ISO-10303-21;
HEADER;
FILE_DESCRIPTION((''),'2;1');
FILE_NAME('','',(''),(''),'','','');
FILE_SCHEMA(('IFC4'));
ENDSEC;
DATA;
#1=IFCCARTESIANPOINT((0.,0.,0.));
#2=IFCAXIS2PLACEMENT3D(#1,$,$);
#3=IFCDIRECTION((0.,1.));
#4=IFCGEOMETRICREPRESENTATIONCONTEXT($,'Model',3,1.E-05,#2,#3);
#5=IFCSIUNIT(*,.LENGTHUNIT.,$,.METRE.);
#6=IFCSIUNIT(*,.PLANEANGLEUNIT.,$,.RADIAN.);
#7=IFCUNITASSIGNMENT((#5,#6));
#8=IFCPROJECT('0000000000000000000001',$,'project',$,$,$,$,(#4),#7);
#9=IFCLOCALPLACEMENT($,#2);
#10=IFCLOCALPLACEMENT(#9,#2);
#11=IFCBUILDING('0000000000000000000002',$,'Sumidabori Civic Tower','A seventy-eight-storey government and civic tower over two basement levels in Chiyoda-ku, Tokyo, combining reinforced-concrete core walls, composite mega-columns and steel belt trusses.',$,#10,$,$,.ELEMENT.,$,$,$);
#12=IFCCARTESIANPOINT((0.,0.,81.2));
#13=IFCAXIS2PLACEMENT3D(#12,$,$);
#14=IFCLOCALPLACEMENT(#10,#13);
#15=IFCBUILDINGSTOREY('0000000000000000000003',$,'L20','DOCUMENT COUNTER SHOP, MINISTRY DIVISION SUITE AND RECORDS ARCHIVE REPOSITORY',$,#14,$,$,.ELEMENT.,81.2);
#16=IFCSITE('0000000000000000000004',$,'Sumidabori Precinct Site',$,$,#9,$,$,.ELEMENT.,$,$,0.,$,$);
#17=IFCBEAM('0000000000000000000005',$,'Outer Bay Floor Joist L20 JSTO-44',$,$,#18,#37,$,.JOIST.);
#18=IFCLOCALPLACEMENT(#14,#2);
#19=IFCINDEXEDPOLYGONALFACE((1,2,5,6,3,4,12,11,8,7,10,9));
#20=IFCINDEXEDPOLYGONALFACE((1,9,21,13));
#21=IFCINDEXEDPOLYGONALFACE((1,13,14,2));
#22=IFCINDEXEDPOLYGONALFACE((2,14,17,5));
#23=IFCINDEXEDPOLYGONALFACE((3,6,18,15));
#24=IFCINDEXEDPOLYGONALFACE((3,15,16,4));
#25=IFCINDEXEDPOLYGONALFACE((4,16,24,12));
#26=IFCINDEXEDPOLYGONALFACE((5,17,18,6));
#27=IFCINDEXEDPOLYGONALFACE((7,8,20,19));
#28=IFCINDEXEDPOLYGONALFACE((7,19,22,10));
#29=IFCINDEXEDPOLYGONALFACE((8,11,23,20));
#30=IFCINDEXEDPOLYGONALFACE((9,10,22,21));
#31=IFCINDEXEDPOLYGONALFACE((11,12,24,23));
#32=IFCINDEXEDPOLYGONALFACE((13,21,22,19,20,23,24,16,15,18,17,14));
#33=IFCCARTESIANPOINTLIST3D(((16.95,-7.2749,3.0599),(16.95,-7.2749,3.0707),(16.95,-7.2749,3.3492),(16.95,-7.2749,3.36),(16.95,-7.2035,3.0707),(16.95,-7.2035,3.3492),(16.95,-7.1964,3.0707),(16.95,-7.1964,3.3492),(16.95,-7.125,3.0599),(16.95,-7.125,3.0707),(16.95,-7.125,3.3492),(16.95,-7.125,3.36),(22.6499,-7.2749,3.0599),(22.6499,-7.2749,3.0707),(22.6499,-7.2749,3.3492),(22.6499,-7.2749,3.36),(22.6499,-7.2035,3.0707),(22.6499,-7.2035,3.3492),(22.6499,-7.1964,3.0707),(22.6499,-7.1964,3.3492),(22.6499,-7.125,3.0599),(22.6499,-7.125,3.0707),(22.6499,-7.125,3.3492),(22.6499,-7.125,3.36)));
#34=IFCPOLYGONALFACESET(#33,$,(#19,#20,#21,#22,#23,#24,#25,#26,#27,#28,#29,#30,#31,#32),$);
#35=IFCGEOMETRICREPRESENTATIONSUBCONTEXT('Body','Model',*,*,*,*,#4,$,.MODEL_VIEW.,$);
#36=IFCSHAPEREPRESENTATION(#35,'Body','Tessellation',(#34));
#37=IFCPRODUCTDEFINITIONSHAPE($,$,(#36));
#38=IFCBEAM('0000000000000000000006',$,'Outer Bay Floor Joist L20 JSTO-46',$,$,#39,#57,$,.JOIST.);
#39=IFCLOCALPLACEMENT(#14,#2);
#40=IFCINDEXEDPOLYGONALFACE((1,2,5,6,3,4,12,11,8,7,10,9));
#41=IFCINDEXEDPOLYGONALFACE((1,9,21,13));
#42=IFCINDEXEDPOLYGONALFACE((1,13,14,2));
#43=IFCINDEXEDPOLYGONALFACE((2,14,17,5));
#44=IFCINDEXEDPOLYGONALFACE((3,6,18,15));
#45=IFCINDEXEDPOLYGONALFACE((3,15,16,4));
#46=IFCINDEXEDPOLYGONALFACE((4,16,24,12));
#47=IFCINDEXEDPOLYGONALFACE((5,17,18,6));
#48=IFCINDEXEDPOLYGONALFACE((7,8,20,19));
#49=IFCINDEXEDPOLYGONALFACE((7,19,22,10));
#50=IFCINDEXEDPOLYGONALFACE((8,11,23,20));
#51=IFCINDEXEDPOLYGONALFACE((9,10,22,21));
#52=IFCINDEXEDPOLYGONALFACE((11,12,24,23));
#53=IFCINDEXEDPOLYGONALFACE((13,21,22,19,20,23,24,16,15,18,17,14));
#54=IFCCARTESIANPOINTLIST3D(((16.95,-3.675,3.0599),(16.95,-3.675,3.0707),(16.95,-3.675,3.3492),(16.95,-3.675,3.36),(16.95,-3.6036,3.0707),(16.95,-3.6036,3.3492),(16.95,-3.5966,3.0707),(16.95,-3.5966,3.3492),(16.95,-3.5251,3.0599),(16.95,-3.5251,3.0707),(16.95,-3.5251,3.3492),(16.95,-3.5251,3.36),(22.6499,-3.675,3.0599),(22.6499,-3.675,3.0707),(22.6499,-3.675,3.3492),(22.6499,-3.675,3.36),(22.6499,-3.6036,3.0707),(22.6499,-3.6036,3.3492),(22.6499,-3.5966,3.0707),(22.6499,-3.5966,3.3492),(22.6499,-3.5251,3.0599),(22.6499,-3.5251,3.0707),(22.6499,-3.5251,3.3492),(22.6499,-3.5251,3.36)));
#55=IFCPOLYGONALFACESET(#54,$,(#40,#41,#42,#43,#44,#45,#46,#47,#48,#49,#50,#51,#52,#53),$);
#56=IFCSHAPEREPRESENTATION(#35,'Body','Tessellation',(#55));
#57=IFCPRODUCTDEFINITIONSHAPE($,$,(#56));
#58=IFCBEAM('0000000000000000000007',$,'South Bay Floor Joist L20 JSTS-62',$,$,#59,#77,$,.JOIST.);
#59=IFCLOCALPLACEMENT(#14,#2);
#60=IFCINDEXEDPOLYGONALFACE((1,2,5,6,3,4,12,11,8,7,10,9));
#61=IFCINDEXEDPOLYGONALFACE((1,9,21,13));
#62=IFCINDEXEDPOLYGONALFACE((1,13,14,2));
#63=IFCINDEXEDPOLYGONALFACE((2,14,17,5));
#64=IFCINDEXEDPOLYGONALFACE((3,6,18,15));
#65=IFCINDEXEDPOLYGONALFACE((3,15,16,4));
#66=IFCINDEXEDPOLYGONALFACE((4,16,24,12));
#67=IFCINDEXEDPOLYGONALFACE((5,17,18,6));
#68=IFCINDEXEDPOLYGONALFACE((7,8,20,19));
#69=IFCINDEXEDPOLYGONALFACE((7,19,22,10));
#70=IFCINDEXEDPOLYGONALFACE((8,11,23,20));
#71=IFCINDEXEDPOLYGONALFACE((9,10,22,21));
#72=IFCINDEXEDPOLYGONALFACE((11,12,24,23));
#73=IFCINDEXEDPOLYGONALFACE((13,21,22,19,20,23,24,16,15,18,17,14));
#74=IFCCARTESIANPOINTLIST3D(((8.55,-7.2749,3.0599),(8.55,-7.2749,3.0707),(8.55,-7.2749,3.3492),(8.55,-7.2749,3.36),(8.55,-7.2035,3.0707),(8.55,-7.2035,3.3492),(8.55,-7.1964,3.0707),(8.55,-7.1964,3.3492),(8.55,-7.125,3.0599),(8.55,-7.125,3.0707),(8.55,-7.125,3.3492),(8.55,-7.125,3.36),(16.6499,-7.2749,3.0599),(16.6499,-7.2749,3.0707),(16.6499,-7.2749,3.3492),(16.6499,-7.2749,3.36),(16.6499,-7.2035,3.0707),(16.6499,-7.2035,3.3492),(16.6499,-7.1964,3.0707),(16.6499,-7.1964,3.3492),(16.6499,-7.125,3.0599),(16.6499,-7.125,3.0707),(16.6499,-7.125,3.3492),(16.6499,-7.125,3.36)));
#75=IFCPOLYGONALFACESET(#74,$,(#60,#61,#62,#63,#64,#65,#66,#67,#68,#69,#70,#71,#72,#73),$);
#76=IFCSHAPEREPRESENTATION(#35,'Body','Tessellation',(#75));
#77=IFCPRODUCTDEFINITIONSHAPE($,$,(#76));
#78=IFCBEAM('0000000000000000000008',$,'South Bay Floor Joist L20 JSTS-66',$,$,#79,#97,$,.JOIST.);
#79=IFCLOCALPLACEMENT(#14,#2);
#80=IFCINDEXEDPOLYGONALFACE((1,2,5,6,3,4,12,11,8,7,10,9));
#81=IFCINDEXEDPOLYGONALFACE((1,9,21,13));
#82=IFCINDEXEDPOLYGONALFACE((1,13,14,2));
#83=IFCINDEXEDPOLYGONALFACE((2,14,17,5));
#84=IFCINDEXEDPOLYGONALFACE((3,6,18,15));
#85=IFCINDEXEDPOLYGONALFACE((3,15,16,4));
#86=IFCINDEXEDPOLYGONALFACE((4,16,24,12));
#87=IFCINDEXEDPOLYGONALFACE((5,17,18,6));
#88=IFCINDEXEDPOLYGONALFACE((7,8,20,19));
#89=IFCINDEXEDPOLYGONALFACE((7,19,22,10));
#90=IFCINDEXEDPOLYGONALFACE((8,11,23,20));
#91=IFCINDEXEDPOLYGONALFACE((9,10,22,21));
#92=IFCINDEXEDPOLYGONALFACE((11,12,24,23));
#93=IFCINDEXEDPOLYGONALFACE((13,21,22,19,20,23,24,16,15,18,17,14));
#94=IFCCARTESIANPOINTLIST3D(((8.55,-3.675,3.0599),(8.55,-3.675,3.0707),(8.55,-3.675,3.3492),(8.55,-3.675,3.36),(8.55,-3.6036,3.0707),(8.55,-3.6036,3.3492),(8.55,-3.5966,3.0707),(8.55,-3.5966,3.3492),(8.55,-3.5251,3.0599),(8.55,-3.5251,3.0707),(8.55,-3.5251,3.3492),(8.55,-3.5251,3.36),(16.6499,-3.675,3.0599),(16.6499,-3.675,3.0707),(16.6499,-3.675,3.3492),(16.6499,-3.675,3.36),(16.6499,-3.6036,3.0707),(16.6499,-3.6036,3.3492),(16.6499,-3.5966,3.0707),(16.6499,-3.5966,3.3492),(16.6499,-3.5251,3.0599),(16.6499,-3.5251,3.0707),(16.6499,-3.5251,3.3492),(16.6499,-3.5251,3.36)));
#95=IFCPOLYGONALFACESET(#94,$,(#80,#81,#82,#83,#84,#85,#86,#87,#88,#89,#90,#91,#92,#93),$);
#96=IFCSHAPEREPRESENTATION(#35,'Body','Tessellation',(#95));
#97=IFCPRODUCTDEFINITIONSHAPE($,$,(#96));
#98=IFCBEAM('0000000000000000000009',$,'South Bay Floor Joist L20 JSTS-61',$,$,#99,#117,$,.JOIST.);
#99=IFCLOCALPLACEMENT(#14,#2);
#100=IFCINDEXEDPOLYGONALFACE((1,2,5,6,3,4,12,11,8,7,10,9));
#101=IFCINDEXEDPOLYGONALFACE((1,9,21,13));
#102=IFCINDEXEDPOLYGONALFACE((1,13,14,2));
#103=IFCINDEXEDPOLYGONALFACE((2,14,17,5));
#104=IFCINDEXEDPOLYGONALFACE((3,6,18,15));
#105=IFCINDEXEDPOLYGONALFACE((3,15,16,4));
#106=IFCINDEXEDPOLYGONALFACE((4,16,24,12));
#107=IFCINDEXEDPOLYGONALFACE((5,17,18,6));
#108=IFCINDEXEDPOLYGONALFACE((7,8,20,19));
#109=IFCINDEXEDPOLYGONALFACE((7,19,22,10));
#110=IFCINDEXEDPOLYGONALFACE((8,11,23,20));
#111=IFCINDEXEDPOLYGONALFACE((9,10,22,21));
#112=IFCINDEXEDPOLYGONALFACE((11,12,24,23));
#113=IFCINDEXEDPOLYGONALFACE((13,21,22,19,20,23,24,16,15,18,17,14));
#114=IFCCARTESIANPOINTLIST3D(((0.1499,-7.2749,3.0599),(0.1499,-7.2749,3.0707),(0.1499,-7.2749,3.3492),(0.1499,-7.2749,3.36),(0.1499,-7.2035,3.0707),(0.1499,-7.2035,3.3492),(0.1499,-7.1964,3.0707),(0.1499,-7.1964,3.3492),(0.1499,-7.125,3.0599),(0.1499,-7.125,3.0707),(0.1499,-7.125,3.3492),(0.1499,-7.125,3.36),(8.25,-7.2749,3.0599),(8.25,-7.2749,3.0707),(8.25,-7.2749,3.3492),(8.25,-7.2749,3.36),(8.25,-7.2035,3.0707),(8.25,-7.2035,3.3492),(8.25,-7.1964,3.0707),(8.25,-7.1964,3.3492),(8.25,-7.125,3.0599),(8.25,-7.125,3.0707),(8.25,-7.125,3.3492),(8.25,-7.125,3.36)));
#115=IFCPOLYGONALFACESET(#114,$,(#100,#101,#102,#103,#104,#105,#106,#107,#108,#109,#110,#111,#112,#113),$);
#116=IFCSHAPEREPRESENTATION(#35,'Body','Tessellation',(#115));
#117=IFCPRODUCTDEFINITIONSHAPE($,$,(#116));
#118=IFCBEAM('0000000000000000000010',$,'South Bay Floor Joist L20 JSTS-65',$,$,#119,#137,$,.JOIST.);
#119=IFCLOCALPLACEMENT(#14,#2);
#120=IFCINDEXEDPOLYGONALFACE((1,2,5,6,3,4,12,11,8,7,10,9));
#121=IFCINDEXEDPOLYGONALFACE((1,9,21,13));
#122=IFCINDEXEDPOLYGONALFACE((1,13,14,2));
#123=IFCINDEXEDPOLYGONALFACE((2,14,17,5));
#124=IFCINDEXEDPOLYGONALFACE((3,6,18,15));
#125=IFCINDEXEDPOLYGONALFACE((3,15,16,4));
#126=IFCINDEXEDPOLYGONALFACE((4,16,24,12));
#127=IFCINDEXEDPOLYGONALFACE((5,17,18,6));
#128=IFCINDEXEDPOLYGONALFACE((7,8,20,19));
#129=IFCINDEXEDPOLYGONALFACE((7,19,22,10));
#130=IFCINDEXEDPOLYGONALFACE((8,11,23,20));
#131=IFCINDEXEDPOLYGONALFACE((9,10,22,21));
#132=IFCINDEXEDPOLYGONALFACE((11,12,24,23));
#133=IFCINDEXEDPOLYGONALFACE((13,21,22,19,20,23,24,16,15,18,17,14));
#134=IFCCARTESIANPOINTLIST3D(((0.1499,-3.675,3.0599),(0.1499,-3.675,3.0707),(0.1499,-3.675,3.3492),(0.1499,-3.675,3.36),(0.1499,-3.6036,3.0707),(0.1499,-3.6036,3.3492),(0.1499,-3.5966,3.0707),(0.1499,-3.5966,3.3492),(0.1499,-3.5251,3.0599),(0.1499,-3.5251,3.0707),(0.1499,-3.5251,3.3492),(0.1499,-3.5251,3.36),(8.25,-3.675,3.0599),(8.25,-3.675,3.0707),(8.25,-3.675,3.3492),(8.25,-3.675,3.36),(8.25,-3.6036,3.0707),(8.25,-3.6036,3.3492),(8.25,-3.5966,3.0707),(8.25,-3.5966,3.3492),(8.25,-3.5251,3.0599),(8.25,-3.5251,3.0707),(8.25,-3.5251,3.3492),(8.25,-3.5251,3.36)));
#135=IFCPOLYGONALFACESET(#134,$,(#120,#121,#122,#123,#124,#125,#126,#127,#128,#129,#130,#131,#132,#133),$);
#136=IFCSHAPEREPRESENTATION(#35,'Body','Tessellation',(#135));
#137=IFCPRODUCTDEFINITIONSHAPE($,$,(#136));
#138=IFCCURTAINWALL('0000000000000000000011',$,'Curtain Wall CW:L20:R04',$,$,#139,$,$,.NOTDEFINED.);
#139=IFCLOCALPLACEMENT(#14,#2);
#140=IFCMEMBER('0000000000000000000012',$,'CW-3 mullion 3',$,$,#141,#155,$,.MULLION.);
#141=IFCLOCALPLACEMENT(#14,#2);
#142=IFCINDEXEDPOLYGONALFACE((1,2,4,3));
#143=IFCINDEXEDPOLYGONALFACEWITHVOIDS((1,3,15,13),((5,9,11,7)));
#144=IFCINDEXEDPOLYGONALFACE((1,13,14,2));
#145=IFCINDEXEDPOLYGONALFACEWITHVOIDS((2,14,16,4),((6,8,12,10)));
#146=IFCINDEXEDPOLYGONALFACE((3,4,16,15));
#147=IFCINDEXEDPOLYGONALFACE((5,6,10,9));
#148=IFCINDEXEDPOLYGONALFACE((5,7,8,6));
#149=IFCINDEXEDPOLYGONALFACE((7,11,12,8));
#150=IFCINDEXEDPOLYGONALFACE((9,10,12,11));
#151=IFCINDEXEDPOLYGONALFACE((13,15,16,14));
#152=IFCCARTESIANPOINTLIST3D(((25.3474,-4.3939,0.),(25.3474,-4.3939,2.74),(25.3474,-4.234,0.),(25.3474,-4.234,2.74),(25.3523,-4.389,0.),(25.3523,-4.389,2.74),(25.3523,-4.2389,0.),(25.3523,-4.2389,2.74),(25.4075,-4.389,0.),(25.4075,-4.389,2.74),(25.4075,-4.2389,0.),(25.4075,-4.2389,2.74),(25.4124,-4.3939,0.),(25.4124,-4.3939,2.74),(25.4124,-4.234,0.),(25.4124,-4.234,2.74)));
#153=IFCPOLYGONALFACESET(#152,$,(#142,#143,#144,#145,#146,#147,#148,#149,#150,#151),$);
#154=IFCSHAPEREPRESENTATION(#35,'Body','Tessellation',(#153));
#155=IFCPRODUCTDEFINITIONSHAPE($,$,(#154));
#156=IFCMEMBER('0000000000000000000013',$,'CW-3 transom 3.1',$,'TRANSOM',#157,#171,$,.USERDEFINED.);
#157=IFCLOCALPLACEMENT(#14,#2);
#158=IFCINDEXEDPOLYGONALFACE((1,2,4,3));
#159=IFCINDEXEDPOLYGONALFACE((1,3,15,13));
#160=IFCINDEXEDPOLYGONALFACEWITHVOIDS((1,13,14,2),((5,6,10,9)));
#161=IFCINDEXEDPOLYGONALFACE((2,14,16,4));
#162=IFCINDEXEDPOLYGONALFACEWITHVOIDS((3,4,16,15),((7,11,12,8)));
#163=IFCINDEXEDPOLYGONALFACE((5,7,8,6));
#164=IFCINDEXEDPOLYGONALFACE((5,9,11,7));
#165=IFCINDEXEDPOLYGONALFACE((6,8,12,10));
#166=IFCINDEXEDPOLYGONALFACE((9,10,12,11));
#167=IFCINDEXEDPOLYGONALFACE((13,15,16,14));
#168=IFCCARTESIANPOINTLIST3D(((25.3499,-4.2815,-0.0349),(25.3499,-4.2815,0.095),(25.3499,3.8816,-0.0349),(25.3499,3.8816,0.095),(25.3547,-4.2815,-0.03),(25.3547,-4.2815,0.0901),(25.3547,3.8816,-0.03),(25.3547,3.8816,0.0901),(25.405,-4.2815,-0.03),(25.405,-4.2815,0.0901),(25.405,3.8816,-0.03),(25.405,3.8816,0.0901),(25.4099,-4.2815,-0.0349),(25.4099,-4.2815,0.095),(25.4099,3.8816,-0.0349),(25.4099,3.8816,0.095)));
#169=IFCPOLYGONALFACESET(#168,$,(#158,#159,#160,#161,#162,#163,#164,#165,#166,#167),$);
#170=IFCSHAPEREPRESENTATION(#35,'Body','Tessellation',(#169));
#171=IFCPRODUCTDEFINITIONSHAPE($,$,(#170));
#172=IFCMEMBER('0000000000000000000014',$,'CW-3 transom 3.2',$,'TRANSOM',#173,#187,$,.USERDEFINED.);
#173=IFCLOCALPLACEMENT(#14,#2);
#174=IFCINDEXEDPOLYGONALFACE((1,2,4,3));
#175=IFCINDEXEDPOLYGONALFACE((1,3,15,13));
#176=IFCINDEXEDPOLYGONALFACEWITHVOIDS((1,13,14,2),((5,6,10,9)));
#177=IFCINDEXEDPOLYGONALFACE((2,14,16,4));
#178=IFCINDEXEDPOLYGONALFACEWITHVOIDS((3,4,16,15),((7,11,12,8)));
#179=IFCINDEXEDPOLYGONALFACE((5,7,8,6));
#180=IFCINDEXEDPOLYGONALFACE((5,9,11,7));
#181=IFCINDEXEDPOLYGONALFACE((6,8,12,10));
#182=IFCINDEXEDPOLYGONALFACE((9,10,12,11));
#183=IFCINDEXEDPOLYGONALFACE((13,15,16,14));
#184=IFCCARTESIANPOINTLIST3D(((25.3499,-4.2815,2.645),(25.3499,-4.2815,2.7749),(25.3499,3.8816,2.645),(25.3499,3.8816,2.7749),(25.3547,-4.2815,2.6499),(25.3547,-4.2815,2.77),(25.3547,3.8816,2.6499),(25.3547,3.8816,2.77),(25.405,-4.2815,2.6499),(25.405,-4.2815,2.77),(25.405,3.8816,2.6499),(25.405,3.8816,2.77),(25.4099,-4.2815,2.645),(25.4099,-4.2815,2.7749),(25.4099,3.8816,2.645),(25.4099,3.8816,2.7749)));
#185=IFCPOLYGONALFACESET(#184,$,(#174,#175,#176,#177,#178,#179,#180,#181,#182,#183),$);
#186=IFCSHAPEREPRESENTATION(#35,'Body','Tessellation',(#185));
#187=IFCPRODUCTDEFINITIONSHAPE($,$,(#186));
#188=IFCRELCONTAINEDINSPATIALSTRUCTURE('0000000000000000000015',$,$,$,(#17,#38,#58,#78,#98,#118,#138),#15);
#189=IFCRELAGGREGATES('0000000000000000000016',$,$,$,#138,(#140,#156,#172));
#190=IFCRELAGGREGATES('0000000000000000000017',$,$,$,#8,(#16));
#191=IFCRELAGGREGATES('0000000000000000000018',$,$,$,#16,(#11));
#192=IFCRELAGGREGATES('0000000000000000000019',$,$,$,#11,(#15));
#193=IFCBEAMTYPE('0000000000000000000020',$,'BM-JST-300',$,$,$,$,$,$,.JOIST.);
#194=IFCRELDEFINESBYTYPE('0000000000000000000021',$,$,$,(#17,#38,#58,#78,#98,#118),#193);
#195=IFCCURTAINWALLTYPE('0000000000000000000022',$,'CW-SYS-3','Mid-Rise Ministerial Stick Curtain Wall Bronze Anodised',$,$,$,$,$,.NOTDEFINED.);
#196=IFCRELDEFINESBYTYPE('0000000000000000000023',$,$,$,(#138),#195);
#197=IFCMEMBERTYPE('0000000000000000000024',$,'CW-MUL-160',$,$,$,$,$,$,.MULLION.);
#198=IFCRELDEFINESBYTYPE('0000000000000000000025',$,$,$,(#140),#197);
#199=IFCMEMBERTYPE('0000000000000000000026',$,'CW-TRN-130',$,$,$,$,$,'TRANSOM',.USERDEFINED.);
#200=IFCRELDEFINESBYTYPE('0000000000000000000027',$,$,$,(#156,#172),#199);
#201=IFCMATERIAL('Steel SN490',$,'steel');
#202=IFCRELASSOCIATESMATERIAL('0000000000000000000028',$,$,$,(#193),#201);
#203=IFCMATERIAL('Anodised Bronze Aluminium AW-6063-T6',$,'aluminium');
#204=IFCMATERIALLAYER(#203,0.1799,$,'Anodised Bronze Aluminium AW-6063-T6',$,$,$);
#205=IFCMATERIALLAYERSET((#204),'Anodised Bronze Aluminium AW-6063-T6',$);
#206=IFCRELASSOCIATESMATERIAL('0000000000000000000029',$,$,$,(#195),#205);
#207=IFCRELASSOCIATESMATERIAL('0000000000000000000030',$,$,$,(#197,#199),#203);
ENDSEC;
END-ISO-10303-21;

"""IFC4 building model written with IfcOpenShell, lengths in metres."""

from ifc_helpers import new_model, si_unit, direction, frame, origin, origin_2d, place, context, subcontext, project, spatial, hollow_rectangle, i_section, extrude, source, transform, mapped, material, layer, layer_set, material_profile, profile_set, type_object, element, aggregate, save


model = new_model("IFC4")

# Units and contexts
model_context = context("Model", 3, precision=1e-05, world=origin(), true_north=direction((0.0, 1.0)))
body_context = subcontext(model_context, "Body", "Model", "MODEL_VIEW")
ifc_project = project(units=[si_unit("LENGTHUNIT", "METRE"), si_unit("PLANEANGLEUNIT", "RADIAN")], contexts=[model_context])

# Site, building, storey
site_placement = place(None, origin())
site = spatial("IfcSite", under=ifc_project, at=site_placement, Name="Sumidabori Precinct Site", CompositionType="ELEMENT", RefElevation=0.0)
building_placement = place(site_placement, origin())
building = spatial("IfcBuilding", under=site, at=building_placement, Name="Sumidabori Civic Tower", Description="A seventy-eight-storey government and civic tower over two basement levels in Chiyoda-ku, Tokyo, combining reinforced-concrete core walls, composite mega-columns and steel belt trusses.", CompositionType="ELEMENT")
storey_placement = place(building_placement, frame((0.0, 0.0, 81.2)))
storey = spatial("IfcBuildingStorey", under=building, at=storey_placement, Name="L20", Description="DOCUMENT COUNTER SHOP, MINISTRY DIVISION SUITE AND RECORDS ARCHIVE REPOSITORY", CompositionType="ELEMENT", Elevation=81.2)

# Beams
ifc_material_1 = material(Name="Steel SN490", Category="steel")
ifc_material_profile_1 = material_profile(ifc_material_1, i_section(OverallWidth=0.1499, OverallDepth=0.3, WebThickness=0.0071, FlangeThickness=0.0107, at=origin_2d()), Name="IPE 300")
ifc_profile_set_1 = profile_set([ifc_material_profile_1], Name="Steel SN490")
beam_type_1 = type_object("IfcBeamType", Name="BM-JST-300", PredefinedType="JOIST", material=ifc_profile_set_1)
shared_shape_1 = source(origin(), body_context, "Body", "SweptSolid", [
    extrude(i_section(OverallWidth=0.1499, OverallDepth=0.3, WebThickness=0.0071, FlangeThickness=0.0107, at=origin_2d()), origin(), (0.0, 0.0, 1.0), 5.7),
])
for number, where, z_axis, x_axis, name in (
    (1, (16.95, -7.2, 3.21), (1.0, 0.0, 0.0), (0.0, 1.0, 0.0), "Outer Bay Floor Joist L20 JSTO-44"),
    (2, (16.95, -3.6001, 3.21), (1.0, 0.0, 0.0), (0.0, 1.0, 0.0), "Outer Bay Floor Joist L20 JSTO-46"),
):
    element("IfcBeam", number, at=place(storey_placement, frame(where, z_axis=z_axis, x_axis=x_axis)), inside=storey, type_object=beam_type_1, Name=name, PredefinedType="JOIST", context=body_context, shape_type="MappedRepresentation", body=[
        mapped(shared_shape_1, transform((0.0, 0.0, 0.0), x_axis=(1.0, 0.0, 0.0), y_axis=(0.0, 1.0, 0.0), z_axis=(0.0, 0.0, 1.0), scale=1.0)),
    ])
shared_shape_2 = source(origin(), body_context, "Body", "SweptSolid", [
    extrude(i_section(OverallWidth=0.1499, OverallDepth=0.3, WebThickness=0.0071, FlangeThickness=0.0107, at=origin_2d()), origin(), (0.0, 0.0, 1.0), 8.0999),
])
for number, where, z_axis, x_axis, name in (
    (3, (8.55, -7.2, 3.21), (1.0, 0.0, 0.0), (0.0, 1.0, 0.0), "South Bay Floor Joist L20 JSTS-62"),
    (4, (8.55, -3.6001, 3.21), (1.0, 0.0, 0.0), (0.0, 1.0, 0.0), "South Bay Floor Joist L20 JSTS-66"),
):
    element("IfcBeam", number, at=place(storey_placement, frame(where, z_axis=z_axis, x_axis=x_axis)), inside=storey, type_object=beam_type_1, Name=name, PredefinedType="JOIST", context=body_context, shape_type="MappedRepresentation", body=[
        mapped(shared_shape_2, transform((0.0, 0.0, 0.0), x_axis=(1.0, 0.0, 0.0), y_axis=(0.0, 1.0, 0.0), z_axis=(0.0, 0.0, 1.0), scale=1.0)),
    ])
shared_shape_3 = source(origin(), body_context, "Body", "SweptSolid", [
    extrude(i_section(OverallWidth=0.1499, OverallDepth=0.3, WebThickness=0.0071, FlangeThickness=0.0107, at=origin_2d()), origin(), (0.0, 0.0, 1.0), 8.1001),
])
for number, where, z_axis, x_axis, name in (
    (5, (0.1499, -7.2, 3.21), (1.0, 0.0, 0.0), (0.0, 1.0, 0.0), "South Bay Floor Joist L20 JSTS-61"),
    (6, (0.1499, -3.6001, 3.21), (1.0, 0.0, 0.0), (0.0, 1.0, 0.0), "South Bay Floor Joist L20 JSTS-65"),
):
    element("IfcBeam", number, at=place(storey_placement, frame(where, z_axis=z_axis, x_axis=x_axis)), inside=storey, type_object=beam_type_1, Name=name, PredefinedType="JOIST", context=body_context, shape_type="MappedRepresentation", body=[
        mapped(shared_shape_3, transform((0.0, 0.0, 0.0), x_axis=(1.0, 0.0, 0.0), y_axis=(0.0, 1.0, 0.0), z_axis=(0.0, 0.0, 1.0), scale=1.0)),
    ])

# Curtain wall, members
ifc_material_2 = material(Name="Anodised Bronze Aluminium AW-6063-T6", Category="aluminium")
ifc_layer_1 = layer(ifc_material_2, 0.1799, Name="Anodised Bronze Aluminium AW-6063-T6")
ifc_layer_set_1 = layer_set([ifc_layer_1], Name="Anodised Bronze Aluminium AW-6063-T6")
curtain_wall_type = type_object("IfcCurtainWallType", Name="CW-SYS-3", Description="Mid-Rise Ministerial Stick Curtain Wall Bronze Anodised", PredefinedType="NOTDEFINED", material=ifc_layer_set_1)
curtain_wall_placement = place(storey_placement, origin())
curtain_wall = element("IfcCurtainWall", 7, at=curtain_wall_placement, inside=storey, type_object=curtain_wall_type, Name="Curtain Wall CW:L20:R04", PredefinedType="NOTDEFINED")
ifc_material_profile_2 = material_profile(ifc_material_2, hollow_rectangle(XDim=0.0649, YDim=0.1599, WallThickness=0.0049, at=origin_2d()), Name="ALU MULLION 160x65")
ifc_profile_set_2 = profile_set([ifc_material_profile_2], Name="Anodised Bronze Aluminium AW-6063-T6")
member_type_1 = type_object("IfcMemberType", Name="CW-MUL-160", PredefinedType="MULLION", material=ifc_profile_set_2)
shared_shape_4 = source(origin(), body_context, "Body", "SweptSolid", [
    extrude(hollow_rectangle(XDim=0.0649, YDim=0.1599, WallThickness=0.0049, at=origin_2d()), origin(), (0.0, 0.0, 1.0), 2.74),
])
member_1_placement = place(storey_placement, frame((25.3799, -4.314, 0.0), z_axis=(0.0, 0.0, 1.0), x_axis=(-1.0, 0.0, 0.0)))
member_1 = element("IfcMember", 8, at=member_1_placement, type_object=member_type_1, Name="CW-3 mullion 3", PredefinedType="MULLION", context=body_context, shape_type="MappedRepresentation", body=[
    mapped(shared_shape_4, transform((0.0, 0.0, 0.0), x_axis=(1.0, 0.0, 0.0), y_axis=(0.0, 1.0, 0.0), z_axis=(0.0, 0.0, 1.0), scale=1.0)),
])
ifc_material_profile_3 = material_profile(ifc_material_2, hollow_rectangle(XDim=0.0601, YDim=0.1299, WallThickness=0.0049, at=origin_2d()), Name="ALU TRANSOM 130x60")
ifc_profile_set_3 = profile_set([ifc_material_profile_3], Name="Anodised Bronze Aluminium AW-6063-T6")
member_type_2 = type_object("IfcMemberType", Name="CW-TRN-130", ElementType="TRANSOM", PredefinedType="USERDEFINED", material=ifc_profile_set_3)
shared_shape_5 = source(origin(), body_context, "Body", "SweptSolid", [
    extrude(hollow_rectangle(XDim=0.0601, YDim=0.1299, WallThickness=0.0049, at=origin_2d()), origin(), (0.0, 0.0, 1.0), 8.1631),
])
member_2_placement = place(storey_placement, frame((25.3799, -4.2815, 0.03), z_axis=(0.0, 1.0, 0.0), x_axis=(-1.0, 0.0, 0.0)))
member_2 = element("IfcMember", 9, at=member_2_placement, type_object=member_type_2, Name="CW-3 transom 3.1", ObjectType="TRANSOM", PredefinedType="USERDEFINED", context=body_context, shape_type="MappedRepresentation", body=[
    mapped(shared_shape_5, transform((0.0, 0.0, 0.0), x_axis=(1.0, 0.0, 0.0), y_axis=(0.0, 1.0, 0.0), z_axis=(0.0, 0.0, 1.0), scale=1.0)),
])
member_3_placement = place(storey_placement, frame((25.3799, -4.2815, 2.71), z_axis=(0.0, 1.0, 0.0), x_axis=(-1.0, 0.0, 0.0)))
member_3 = element("IfcMember", 10, at=member_3_placement, type_object=member_type_2, Name="CW-3 transom 3.2", ObjectType="TRANSOM", PredefinedType="USERDEFINED", context=body_context, shape_type="MappedRepresentation", body=[
    mapped(shared_shape_5, transform((0.0, 0.0, 0.0), x_axis=(1.0, 0.0, 0.0), y_axis=(0.0, 1.0, 0.0), z_axis=(0.0, 0.0, 1.0), scale=1.0)),
])
aggregate(curtain_wall, [member_1, member_2, member_3])

save(model, "model.ifc")
